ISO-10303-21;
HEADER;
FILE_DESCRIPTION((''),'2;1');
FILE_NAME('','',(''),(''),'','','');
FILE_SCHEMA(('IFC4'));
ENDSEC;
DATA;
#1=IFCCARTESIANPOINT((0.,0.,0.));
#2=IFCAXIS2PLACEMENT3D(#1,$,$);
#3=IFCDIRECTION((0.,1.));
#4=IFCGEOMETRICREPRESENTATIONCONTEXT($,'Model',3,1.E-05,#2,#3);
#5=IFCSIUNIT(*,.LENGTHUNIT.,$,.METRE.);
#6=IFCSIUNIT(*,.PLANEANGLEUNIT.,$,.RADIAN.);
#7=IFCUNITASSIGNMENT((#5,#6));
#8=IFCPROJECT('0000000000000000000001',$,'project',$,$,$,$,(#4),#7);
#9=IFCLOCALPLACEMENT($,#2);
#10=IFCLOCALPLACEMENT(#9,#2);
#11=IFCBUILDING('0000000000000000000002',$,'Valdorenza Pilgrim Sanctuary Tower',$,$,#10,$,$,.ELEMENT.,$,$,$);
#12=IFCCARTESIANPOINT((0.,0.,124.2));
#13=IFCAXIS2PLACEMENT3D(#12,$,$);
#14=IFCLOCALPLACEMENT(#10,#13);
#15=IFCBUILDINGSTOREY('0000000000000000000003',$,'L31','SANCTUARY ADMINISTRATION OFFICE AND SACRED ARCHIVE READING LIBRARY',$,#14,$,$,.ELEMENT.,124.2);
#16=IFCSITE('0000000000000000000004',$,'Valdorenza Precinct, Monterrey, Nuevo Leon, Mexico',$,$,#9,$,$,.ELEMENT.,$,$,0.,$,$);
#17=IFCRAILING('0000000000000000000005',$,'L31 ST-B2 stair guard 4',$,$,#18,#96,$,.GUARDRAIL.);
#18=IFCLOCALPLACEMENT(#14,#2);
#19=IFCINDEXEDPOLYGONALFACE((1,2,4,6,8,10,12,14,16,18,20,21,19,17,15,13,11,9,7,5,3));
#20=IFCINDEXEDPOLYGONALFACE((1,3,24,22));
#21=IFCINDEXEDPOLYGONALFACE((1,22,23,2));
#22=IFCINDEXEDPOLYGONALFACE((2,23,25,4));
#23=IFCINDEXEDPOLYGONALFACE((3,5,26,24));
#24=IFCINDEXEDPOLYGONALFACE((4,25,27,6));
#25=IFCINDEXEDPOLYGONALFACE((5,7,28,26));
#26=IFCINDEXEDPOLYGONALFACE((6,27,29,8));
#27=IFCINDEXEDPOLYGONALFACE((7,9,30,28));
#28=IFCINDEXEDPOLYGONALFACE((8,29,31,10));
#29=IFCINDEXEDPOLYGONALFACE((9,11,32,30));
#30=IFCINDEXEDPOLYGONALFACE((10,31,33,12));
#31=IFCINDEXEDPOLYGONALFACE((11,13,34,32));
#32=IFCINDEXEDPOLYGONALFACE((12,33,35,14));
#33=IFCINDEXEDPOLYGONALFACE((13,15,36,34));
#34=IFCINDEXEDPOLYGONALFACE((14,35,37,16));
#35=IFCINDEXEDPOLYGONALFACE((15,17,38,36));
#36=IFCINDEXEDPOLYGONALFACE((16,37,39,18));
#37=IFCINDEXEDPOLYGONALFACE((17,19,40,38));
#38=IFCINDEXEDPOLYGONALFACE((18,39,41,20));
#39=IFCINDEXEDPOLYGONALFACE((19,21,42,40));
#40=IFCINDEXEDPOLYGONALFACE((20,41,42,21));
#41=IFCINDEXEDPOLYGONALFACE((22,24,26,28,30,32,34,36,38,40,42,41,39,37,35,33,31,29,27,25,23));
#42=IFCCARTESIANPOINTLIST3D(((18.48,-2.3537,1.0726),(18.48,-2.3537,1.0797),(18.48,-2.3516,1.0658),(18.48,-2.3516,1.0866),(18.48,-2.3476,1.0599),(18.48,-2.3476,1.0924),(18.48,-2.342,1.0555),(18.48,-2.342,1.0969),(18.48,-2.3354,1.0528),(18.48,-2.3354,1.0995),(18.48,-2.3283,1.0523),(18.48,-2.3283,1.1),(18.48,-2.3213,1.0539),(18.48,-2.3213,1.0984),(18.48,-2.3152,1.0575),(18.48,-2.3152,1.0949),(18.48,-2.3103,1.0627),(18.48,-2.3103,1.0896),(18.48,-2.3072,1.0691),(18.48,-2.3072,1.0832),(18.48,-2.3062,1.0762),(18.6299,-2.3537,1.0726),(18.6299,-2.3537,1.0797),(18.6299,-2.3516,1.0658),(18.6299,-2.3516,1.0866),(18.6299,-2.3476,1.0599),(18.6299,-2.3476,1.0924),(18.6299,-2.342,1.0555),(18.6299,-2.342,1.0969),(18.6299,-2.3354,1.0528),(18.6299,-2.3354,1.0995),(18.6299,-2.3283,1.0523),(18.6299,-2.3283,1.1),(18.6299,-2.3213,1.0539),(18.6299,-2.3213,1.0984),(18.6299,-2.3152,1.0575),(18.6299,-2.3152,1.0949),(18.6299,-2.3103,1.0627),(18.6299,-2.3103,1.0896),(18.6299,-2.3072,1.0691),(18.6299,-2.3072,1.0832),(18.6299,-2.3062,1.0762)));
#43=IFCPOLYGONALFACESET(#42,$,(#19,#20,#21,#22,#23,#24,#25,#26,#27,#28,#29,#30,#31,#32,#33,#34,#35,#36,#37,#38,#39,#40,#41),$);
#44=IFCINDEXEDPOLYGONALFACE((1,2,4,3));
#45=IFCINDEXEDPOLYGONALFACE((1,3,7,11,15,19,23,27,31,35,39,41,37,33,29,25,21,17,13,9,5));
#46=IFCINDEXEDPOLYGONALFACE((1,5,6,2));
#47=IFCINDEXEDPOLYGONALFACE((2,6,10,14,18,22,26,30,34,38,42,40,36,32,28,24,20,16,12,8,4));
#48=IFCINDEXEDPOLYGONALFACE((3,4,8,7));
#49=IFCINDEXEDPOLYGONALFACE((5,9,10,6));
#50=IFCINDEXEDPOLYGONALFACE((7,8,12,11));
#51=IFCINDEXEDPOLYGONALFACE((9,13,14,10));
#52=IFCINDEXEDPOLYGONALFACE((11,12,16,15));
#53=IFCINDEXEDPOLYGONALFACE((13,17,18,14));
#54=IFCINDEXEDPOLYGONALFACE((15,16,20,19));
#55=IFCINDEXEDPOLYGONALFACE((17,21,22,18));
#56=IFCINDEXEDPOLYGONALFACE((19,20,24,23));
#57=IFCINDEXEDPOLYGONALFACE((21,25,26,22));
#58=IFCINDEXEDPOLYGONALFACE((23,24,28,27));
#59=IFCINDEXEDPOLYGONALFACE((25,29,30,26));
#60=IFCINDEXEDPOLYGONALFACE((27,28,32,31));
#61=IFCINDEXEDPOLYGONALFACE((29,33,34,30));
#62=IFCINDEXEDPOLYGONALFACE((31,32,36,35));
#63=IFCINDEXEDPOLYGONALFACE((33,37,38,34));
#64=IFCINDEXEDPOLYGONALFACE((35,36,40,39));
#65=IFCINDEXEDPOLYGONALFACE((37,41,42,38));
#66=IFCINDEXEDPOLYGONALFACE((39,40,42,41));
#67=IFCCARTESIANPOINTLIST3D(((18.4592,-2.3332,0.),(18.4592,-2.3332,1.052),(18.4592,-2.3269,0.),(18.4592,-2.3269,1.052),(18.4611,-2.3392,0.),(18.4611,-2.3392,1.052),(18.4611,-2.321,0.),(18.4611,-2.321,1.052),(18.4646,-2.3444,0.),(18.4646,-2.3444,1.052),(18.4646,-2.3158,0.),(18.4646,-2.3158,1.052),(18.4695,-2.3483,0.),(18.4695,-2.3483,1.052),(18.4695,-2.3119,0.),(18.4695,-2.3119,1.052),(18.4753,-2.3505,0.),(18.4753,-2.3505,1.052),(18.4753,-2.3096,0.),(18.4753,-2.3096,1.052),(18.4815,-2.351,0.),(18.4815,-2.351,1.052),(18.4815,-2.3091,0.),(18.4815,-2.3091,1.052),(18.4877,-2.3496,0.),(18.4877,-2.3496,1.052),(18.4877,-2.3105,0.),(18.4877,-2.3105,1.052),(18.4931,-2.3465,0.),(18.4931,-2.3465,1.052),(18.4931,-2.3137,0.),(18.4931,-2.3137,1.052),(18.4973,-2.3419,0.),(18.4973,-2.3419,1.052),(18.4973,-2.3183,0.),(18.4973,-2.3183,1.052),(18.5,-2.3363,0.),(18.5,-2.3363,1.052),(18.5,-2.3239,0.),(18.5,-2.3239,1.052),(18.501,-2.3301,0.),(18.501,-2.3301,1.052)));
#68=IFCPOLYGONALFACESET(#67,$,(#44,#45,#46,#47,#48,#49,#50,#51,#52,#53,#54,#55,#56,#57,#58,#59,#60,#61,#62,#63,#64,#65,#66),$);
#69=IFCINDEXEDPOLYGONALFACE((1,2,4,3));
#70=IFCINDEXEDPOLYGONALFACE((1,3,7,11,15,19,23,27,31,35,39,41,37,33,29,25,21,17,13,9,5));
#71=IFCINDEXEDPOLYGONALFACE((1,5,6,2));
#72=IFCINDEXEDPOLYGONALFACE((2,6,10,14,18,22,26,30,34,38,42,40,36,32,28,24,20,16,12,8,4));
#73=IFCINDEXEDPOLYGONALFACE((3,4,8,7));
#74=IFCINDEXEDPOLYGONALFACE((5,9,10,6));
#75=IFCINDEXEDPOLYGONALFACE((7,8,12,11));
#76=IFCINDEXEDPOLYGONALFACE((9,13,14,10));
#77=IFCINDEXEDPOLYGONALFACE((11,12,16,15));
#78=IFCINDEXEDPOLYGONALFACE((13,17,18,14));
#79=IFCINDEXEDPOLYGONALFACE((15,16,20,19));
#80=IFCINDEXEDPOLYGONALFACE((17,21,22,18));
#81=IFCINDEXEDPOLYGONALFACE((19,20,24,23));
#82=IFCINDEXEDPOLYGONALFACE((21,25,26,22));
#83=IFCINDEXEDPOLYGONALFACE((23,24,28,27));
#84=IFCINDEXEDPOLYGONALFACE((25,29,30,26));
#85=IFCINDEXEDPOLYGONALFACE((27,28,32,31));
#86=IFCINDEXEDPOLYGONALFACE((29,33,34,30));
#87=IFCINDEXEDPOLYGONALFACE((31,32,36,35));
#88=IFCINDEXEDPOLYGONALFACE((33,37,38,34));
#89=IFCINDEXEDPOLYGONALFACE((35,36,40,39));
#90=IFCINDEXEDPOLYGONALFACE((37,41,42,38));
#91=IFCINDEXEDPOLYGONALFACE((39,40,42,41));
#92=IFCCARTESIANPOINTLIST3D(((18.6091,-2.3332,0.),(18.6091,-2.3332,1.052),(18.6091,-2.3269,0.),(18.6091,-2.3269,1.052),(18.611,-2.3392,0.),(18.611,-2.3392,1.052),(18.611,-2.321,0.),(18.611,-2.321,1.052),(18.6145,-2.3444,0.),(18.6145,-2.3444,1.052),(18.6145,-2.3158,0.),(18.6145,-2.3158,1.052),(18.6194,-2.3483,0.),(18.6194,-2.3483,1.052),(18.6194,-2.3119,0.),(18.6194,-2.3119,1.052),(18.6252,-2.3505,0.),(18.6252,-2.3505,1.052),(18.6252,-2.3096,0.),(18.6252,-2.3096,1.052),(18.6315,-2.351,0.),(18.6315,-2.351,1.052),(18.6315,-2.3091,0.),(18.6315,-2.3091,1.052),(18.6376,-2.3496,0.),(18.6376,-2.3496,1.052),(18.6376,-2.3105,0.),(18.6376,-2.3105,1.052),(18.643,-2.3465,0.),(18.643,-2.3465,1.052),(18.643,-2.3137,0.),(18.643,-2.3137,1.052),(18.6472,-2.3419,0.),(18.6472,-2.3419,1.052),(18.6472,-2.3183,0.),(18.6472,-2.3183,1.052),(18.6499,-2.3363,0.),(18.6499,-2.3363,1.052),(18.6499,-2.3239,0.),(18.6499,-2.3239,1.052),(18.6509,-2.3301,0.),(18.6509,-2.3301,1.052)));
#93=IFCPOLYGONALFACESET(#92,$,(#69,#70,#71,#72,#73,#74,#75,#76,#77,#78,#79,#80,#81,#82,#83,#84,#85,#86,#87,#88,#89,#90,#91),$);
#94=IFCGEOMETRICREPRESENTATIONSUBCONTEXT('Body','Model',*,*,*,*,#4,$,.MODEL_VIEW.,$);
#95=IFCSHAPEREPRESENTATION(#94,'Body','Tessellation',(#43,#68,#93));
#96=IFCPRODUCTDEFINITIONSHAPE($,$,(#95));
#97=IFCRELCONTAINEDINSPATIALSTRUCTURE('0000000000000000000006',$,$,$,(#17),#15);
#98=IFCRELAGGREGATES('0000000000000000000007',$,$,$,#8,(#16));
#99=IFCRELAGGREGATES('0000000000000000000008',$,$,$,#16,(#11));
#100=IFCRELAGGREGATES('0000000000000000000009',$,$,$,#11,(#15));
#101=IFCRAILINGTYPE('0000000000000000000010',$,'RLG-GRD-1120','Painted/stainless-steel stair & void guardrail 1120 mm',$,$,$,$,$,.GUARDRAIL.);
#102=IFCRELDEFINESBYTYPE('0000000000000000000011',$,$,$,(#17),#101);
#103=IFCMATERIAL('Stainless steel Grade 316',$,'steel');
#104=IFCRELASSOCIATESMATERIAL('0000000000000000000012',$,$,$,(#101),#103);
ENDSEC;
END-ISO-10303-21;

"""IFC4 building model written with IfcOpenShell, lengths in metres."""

from ifc_helpers import new_model, si_unit, direction, frame, origin, origin_2d, place, context, subcontext, project, spatial, circle, extrude, material, type_object, element, save


model = new_model("IFC4")

# Units and contexts
model_context = context("Model", 3, precision=1e-05, world=origin(), true_north=direction((0.0, 1.0)))
body_context = subcontext(model_context, "Body", "Model", "MODEL_VIEW")
ifc_project = project(units=[si_unit("LENGTHUNIT", "METRE"), si_unit("PLANEANGLEUNIT", "RADIAN")], contexts=[model_context])

# Site, building, storey
site_placement = place(None, origin())
site = spatial("IfcSite", under=ifc_project, at=site_placement, Name="Valdorenza Precinct, Monterrey, Nuevo Leon, Mexico", CompositionType="ELEMENT", RefElevation=0.0)
building_placement = place(site_placement, origin())
building = spatial("IfcBuilding", under=site, at=building_placement, Name="Valdorenza Pilgrim Sanctuary Tower", CompositionType="ELEMENT")
storey_placement = place(building_placement, frame((0.0, 0.0, 124.2)))
storey = spatial("IfcBuildingStorey", under=building, at=storey_placement, Name="L31", Description="SANCTUARY ADMINISTRATION OFFICE AND SACRED ARCHIVE READING LIBRARY", CompositionType="ELEMENT", Elevation=124.2)

# Railing
ifc_material_1 = material(Name="Stainless steel Grade 316", Category="steel")
railing_type_1 = type_object("IfcRailingType", Name="RLG-GRD-1120", Description="Painted/stainless-steel stair & void guardrail 1120 mm", PredefinedType="GUARDRAIL", material=ifc_material_1)
railing_1_placement = place(storey_placement, frame((18.48, -2.3301, 0.0)))
element("IfcRailing", 1, at=railing_1_placement, inside=storey, type_object=railing_type_1, Name="L31 ST-B2 stair guard 4", PredefinedType="GUARDRAIL", context=body_context, shape_type="SweptSolid", body=[
    extrude(circle(Radius=0.0239, at=origin_2d()), frame((0.0, 0.0, 1.0762), z_axis=(1.0, 0.0, 0.0), x_axis=(0.0, 1.0, 0.0)), (0.0, 0.0, 1.0), 0.1499),
    extrude(circle(Radius=0.021, at=origin_2d()), origin(), (0.0, 0.0, 1.0), 1.052),
    extrude(circle(Radius=0.021, at=origin_2d()), frame((0.1499, 0.0, 0.0)), (0.0, 0.0, 1.0), 1.052),
])

save(model, "model.ifc")
